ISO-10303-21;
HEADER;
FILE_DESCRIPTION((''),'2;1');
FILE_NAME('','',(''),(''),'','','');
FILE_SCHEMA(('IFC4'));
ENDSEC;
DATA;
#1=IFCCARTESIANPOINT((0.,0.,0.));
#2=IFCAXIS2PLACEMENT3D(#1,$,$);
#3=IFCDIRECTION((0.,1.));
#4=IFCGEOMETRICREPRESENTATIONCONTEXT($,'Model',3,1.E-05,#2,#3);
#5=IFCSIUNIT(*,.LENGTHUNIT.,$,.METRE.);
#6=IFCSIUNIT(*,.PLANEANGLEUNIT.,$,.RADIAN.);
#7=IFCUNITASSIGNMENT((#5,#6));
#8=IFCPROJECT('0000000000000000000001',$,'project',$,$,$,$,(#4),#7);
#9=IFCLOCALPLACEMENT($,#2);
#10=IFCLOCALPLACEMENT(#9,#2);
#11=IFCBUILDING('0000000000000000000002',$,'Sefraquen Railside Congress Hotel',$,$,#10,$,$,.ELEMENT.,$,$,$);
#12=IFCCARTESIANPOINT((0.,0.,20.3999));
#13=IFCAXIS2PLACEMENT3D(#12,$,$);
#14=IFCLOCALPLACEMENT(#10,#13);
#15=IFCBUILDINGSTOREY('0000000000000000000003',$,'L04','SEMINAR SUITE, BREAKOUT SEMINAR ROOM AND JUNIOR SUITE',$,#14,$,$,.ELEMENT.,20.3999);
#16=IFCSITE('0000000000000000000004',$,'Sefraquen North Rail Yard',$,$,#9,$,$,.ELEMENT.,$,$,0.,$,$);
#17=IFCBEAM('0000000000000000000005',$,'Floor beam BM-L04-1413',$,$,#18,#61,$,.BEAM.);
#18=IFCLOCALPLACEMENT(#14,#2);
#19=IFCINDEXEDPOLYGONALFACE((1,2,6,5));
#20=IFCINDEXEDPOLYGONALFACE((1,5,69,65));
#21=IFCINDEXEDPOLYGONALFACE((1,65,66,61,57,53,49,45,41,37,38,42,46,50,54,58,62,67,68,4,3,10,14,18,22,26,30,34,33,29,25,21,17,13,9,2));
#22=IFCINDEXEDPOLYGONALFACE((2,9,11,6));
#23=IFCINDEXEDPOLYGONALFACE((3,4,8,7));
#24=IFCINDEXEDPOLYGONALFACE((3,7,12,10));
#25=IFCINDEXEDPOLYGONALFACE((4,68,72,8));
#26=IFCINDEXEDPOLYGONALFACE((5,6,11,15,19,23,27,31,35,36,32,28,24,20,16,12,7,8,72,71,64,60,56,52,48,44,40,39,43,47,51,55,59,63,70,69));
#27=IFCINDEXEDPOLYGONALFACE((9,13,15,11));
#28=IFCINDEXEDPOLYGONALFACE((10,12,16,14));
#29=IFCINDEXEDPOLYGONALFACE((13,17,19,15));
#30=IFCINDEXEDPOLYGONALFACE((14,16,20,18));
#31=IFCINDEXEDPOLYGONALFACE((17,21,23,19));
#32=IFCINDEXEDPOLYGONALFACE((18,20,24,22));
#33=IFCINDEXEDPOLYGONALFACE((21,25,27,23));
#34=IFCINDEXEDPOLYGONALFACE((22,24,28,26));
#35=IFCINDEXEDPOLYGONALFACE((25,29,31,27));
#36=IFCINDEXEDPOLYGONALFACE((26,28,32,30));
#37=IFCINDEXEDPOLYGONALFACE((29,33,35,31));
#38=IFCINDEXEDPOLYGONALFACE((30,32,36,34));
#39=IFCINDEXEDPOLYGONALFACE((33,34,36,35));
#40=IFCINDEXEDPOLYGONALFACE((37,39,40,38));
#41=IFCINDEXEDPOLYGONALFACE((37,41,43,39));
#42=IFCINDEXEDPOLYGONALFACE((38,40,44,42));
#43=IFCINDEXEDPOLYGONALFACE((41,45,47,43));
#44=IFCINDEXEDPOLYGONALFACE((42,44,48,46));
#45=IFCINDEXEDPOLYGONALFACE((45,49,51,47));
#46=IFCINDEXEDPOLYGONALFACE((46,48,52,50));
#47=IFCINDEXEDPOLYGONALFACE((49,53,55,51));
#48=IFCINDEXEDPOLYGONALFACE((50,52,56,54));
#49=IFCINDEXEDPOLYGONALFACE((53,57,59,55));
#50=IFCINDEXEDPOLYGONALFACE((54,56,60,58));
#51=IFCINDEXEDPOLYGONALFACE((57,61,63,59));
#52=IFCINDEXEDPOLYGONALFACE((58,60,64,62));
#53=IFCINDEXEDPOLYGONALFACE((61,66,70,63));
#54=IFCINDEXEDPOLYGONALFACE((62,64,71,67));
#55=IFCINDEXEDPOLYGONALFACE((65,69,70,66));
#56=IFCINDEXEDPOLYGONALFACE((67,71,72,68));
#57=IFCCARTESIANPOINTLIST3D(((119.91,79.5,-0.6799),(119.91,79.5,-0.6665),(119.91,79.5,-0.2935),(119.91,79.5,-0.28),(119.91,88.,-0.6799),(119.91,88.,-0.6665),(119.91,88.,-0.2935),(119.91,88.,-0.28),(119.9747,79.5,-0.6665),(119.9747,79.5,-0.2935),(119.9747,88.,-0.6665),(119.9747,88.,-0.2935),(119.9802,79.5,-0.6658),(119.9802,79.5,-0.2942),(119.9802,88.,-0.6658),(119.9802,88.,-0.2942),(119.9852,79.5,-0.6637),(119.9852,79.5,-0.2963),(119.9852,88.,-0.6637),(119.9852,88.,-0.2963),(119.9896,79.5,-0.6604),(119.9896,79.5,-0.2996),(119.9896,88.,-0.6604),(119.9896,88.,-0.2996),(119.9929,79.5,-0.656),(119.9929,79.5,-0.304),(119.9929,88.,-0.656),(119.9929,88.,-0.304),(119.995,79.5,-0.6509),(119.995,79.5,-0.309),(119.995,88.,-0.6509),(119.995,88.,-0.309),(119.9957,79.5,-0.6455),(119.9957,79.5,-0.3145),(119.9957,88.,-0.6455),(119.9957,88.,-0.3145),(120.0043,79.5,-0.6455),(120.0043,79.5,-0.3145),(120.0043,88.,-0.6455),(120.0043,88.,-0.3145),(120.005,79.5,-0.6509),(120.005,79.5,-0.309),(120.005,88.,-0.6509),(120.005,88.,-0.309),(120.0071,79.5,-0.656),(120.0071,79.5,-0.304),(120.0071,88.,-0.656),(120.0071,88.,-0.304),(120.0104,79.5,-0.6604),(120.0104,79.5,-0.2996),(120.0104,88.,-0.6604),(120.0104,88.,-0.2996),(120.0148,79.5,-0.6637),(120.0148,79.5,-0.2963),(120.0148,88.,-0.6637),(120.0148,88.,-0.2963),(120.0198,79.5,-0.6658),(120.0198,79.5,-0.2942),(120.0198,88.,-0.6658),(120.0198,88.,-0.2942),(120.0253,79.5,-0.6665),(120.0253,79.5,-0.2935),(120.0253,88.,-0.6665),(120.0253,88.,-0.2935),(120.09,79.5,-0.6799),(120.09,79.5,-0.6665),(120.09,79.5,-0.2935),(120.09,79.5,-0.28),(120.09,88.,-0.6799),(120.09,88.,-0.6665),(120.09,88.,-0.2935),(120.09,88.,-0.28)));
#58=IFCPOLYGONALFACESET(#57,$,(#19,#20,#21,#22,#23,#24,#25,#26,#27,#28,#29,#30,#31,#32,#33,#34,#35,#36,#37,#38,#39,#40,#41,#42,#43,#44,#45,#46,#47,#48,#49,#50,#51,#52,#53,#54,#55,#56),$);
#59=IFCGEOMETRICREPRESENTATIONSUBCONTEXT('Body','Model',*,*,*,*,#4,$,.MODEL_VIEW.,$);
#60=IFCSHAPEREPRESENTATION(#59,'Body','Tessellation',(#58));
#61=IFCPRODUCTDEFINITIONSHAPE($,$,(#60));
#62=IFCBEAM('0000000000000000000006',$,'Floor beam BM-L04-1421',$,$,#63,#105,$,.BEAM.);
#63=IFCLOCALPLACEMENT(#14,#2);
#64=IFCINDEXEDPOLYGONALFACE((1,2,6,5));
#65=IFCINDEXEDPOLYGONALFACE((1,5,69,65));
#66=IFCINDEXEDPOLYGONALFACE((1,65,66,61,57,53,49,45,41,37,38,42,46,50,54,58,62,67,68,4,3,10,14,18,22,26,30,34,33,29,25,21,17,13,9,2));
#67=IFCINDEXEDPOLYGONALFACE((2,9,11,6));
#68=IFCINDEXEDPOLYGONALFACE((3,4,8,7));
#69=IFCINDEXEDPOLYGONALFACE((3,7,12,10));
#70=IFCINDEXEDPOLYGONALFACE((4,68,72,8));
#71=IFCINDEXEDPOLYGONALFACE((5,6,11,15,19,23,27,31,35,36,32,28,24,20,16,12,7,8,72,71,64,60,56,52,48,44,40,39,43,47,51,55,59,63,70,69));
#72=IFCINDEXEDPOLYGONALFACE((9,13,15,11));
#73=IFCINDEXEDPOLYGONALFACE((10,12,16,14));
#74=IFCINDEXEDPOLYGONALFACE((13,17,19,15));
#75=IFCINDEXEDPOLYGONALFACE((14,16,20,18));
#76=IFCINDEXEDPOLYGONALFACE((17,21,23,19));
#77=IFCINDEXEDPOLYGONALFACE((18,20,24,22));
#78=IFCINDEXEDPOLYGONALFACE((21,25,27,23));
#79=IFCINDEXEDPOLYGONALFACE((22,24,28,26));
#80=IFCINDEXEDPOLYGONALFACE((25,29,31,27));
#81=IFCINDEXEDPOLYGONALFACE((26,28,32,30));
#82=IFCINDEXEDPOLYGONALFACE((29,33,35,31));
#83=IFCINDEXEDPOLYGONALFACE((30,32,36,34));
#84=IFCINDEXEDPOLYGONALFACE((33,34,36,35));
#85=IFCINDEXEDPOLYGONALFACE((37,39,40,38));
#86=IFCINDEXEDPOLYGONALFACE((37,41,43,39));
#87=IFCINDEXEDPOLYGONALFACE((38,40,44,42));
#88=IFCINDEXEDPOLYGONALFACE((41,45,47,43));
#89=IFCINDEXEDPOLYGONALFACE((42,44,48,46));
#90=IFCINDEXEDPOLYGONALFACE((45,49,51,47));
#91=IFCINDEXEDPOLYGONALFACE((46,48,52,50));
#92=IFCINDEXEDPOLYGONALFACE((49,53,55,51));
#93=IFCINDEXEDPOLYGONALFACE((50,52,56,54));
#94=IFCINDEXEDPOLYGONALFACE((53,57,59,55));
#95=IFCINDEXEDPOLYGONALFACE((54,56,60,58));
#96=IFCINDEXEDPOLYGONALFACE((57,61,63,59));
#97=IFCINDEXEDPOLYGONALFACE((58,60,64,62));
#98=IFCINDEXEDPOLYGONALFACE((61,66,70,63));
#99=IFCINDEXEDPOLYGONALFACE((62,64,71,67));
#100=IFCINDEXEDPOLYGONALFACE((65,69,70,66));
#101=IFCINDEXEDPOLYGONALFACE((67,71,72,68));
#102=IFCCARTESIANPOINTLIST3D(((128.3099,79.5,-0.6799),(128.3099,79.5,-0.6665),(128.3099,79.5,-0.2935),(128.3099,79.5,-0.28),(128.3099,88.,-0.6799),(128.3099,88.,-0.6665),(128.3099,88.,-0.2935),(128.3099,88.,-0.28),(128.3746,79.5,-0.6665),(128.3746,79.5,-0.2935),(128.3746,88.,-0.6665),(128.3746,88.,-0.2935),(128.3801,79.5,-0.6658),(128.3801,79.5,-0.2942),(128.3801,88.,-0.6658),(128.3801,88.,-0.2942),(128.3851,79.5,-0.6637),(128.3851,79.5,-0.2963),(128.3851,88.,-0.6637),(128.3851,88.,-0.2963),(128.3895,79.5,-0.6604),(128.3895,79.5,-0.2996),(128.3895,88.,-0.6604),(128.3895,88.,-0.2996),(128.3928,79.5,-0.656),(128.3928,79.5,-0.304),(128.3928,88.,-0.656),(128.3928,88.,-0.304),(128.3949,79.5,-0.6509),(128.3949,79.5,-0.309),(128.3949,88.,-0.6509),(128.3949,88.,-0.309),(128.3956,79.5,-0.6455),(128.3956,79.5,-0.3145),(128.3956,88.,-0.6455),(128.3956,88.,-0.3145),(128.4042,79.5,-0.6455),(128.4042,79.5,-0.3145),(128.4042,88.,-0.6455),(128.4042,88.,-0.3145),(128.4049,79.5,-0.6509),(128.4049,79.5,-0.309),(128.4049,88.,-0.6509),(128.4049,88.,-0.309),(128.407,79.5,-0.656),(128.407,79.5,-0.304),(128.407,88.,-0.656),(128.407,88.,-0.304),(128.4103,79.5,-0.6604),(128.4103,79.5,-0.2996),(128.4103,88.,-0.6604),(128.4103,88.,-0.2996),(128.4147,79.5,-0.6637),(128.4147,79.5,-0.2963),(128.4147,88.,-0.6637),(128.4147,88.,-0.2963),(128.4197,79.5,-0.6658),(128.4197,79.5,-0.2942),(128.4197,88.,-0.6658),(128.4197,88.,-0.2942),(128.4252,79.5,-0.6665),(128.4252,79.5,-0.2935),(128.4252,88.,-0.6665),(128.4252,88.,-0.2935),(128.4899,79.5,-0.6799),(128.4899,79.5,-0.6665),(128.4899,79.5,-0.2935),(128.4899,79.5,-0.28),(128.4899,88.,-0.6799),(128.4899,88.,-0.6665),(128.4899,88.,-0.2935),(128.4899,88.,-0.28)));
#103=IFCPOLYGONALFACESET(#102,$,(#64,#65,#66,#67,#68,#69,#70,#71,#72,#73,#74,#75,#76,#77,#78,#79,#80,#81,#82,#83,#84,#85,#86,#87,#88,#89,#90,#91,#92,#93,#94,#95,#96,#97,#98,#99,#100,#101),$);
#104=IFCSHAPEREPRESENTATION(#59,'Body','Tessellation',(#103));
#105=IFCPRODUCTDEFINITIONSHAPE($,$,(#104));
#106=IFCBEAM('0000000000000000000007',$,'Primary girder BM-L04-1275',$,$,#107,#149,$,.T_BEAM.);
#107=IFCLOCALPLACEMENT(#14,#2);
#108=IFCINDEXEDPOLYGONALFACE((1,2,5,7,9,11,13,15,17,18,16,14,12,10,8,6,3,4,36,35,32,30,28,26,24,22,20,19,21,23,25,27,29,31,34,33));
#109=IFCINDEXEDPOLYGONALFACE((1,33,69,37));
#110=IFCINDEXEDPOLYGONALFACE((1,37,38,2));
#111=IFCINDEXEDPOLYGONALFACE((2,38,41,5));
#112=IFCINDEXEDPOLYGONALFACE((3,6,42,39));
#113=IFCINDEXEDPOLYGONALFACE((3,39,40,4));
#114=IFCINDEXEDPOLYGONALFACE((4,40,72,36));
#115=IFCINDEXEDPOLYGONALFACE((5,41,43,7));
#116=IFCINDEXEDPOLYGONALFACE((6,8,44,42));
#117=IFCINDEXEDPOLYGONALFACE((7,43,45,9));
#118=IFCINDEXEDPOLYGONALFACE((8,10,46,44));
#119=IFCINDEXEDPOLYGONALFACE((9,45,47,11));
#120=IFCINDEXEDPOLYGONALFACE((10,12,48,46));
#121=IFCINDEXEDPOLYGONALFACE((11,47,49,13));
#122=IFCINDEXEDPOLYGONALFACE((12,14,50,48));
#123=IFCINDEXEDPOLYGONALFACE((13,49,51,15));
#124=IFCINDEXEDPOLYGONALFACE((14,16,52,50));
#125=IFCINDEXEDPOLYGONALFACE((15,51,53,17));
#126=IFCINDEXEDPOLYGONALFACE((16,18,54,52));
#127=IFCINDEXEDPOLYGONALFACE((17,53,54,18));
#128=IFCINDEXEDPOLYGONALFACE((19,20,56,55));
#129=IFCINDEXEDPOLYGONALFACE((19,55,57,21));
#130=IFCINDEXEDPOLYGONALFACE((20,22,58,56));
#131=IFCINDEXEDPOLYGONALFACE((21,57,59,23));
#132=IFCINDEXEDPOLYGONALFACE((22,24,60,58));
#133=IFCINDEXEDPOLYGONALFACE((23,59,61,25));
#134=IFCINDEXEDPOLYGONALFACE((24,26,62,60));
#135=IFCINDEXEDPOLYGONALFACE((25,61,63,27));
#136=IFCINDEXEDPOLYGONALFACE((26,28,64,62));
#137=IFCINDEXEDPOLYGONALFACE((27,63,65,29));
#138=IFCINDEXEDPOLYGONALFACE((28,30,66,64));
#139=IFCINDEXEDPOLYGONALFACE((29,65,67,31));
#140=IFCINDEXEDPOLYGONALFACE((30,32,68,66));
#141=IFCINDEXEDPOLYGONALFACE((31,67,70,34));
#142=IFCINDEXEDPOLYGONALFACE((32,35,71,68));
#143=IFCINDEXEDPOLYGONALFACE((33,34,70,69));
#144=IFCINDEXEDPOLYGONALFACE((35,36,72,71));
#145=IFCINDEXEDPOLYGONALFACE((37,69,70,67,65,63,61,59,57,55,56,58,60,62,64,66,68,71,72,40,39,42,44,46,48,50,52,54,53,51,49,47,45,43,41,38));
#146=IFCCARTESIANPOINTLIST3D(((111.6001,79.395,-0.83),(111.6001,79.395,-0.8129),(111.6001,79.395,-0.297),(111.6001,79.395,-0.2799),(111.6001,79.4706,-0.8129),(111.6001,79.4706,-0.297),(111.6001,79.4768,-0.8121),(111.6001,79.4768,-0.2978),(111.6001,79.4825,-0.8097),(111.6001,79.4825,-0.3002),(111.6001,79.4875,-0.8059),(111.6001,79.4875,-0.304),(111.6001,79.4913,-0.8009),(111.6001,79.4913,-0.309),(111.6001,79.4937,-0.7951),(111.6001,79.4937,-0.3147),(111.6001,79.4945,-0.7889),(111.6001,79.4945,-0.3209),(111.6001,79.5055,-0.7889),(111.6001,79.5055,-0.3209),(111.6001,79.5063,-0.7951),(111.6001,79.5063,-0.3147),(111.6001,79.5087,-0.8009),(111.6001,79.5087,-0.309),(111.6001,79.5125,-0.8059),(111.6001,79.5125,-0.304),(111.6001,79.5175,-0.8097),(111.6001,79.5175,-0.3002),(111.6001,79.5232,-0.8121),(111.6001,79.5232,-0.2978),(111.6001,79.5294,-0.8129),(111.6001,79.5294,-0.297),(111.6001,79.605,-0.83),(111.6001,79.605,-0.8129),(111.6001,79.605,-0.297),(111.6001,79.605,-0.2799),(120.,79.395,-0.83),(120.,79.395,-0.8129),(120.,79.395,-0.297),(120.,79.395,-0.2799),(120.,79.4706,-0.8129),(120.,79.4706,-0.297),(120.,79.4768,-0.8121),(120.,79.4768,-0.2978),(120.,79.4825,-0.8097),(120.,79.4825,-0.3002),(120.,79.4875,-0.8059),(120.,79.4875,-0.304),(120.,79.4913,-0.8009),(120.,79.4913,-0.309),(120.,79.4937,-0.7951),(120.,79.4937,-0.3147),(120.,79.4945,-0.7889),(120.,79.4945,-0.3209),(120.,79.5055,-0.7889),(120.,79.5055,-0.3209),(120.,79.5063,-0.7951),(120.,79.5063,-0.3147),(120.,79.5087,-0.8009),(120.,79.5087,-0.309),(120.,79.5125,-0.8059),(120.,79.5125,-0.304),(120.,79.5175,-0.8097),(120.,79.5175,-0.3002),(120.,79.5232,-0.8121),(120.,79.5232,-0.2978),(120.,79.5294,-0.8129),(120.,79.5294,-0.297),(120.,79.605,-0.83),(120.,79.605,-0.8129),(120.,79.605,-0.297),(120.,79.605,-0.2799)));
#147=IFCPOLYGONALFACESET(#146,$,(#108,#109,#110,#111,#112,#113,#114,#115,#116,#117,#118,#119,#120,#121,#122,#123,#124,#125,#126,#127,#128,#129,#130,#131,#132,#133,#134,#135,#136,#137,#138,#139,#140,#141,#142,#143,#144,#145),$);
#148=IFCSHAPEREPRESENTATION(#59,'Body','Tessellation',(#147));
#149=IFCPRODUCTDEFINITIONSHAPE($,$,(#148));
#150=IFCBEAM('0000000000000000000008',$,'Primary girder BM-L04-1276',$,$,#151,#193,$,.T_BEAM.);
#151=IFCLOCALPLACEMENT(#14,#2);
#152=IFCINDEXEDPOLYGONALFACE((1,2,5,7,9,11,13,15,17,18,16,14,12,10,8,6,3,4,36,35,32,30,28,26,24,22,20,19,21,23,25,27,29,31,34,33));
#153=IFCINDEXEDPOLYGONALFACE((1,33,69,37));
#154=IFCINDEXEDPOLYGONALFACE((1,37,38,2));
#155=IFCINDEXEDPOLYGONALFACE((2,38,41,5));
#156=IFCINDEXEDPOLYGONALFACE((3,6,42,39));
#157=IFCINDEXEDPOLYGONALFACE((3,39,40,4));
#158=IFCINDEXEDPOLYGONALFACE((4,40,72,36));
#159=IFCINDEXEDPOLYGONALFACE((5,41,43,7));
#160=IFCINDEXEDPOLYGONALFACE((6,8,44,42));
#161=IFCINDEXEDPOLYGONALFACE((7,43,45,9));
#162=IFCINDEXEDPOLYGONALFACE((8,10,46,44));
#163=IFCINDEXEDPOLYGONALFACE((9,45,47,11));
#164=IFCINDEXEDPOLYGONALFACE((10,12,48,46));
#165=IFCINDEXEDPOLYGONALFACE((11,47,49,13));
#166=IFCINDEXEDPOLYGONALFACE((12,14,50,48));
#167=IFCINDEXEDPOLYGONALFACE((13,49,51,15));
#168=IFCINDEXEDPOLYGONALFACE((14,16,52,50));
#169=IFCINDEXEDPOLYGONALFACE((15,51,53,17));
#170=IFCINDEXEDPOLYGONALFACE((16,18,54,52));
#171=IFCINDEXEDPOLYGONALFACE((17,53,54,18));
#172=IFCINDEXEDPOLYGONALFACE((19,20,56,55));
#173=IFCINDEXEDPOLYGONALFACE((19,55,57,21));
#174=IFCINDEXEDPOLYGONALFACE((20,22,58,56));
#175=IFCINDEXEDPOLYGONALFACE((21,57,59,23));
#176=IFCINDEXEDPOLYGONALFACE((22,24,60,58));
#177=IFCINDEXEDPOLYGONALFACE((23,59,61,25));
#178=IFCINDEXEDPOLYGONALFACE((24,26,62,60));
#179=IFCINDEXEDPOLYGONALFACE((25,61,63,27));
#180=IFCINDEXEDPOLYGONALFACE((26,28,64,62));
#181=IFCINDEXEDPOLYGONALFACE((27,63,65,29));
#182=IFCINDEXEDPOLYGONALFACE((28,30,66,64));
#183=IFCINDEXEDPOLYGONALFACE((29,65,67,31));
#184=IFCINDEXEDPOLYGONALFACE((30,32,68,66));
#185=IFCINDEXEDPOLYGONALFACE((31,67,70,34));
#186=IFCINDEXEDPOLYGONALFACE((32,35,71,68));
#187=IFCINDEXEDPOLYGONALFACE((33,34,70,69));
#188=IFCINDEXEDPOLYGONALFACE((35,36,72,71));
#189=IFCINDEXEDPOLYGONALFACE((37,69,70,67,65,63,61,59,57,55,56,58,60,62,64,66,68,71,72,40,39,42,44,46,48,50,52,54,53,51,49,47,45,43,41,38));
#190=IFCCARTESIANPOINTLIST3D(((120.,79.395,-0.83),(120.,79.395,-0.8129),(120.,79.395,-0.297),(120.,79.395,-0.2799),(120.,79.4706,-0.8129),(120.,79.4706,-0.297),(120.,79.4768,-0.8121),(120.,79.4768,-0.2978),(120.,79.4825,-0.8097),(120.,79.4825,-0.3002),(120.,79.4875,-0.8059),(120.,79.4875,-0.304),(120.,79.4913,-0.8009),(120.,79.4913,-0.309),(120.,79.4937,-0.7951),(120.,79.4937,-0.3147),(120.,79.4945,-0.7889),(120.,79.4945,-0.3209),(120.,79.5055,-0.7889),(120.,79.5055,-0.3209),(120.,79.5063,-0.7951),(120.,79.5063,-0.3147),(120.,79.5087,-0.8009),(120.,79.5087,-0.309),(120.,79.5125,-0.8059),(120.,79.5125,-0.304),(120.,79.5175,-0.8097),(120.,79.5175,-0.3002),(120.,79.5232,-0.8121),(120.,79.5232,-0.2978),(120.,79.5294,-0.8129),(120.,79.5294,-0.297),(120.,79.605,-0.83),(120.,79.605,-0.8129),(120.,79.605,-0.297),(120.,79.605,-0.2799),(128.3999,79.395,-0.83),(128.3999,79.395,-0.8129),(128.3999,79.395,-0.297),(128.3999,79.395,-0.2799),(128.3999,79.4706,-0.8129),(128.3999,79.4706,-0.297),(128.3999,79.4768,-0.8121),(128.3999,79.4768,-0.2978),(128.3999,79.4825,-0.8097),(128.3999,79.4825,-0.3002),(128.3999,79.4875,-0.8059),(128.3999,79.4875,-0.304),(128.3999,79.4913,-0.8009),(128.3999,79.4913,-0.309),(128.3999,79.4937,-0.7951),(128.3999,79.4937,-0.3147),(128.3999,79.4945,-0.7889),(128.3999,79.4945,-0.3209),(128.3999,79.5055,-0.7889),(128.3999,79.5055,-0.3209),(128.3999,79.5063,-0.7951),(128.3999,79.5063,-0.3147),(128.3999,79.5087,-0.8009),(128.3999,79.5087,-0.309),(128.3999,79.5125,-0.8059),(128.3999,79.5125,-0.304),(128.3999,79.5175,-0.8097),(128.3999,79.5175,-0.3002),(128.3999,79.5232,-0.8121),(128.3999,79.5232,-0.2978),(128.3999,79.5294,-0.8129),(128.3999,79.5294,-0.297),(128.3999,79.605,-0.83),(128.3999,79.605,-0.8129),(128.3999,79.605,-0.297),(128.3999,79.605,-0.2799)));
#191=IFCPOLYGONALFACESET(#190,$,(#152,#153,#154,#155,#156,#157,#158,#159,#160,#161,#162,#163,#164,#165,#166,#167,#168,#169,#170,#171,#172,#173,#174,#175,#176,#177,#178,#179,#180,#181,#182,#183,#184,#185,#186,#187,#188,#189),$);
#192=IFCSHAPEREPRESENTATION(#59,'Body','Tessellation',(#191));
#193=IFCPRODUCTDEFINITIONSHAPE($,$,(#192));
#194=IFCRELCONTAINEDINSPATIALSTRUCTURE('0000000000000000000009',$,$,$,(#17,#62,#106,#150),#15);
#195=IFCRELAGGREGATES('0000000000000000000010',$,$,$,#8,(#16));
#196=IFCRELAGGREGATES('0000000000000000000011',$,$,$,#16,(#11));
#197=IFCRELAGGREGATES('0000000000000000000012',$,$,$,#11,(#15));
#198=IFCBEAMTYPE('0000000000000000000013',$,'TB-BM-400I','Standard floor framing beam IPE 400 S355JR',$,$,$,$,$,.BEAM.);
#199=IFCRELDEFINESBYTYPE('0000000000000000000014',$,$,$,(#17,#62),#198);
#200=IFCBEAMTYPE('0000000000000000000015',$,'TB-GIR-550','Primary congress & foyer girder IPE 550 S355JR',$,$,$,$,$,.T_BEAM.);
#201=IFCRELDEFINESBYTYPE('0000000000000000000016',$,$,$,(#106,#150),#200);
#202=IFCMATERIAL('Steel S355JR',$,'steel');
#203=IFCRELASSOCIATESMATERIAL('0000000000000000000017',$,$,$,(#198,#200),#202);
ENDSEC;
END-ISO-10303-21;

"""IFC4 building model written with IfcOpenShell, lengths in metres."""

from ifc_helpers import new_model, si_unit, direction, frame, origin, origin_2d, place, context, subcontext, project, spatial, i_section, extrude, material, material_profile, profile_set, type_object, element, save


model = new_model("IFC4")

# Units and contexts
model_context = context("Model", 3, precision=1e-05, world=origin(), true_north=direction((0.0, 1.0)))
body_context = subcontext(model_context, "Body", "Model", "MODEL_VIEW")
ifc_project = project(units=[si_unit("LENGTHUNIT", "METRE"), si_unit("PLANEANGLEUNIT", "RADIAN")], contexts=[model_context])

# Site, building, storey
site_placement = place(None, origin())
site = spatial("IfcSite", under=ifc_project, at=site_placement, Name="Sefraquen North Rail Yard", CompositionType="ELEMENT", RefElevation=0.0)
building_placement = place(site_placement, origin())
building = spatial("IfcBuilding", under=site, at=building_placement, Name="Sefraquen Railside Congress Hotel", CompositionType="ELEMENT")
storey_placement = place(building_placement, frame((0.0, 0.0, 20.3999)))
storey = spatial("IfcBuildingStorey", under=building, at=storey_placement, Name="L04", Description="SEMINAR SUITE, BREAKOUT SEMINAR ROOM AND JUNIOR SUITE", CompositionType="ELEMENT", Elevation=20.3999)

# Shared definitions
ifc_material_1 = material(Name="Steel S355JR", Category="steel")

# Beams
ifc_material_profile_1 = material_profile(ifc_material_1, i_section(OverallWidth=0.1799, OverallDepth=0.3999, WebThickness=0.0085, FlangeThickness=0.0134, FilletRadius=0.021, at=origin_2d()), Name="IPE 400")
ifc_profile_set_1 = profile_set([ifc_material_profile_1], Name="Steel S355JR")
beam_type_1 = type_object("IfcBeamType", Name="TB-BM-400I", Description="Standard floor framing beam IPE 400 S355JR", PredefinedType="BEAM", material=ifc_profile_set_1)
for number, where, z_axis, x_axis, name in (
    (1, (120.0, 79.5, -0.48), (0.0, 1.0, 0.0), (-1.0, 0.0, 0.0), "Floor beam BM-L04-1413"),
    (2, (128.3999, 79.5, -0.48), (0.0, 1.0, 0.0), (-1.0, 0.0, 0.0), "Floor beam BM-L04-1421"),
):
    element("IfcBeam", number, at=place(storey_placement, frame(where, z_axis=z_axis, x_axis=x_axis)), inside=storey, type_object=beam_type_1, Name=name, PredefinedType="BEAM", context=body_context, shape_type="SweptSolid", body=[
        extrude(i_section(OverallWidth=0.1799, OverallDepth=0.3999, WebThickness=0.0085, FlangeThickness=0.0134, FilletRadius=0.021, at=origin_2d()), origin(), (0.0, 0.0, 1.0), 8.5),
    ])
ifc_material_profile_2 = material_profile(ifc_material_1, i_section(OverallWidth=0.21, OverallDepth=0.55, WebThickness=0.011, FlangeThickness=0.0171, FilletRadius=0.0239, at=origin_2d()), Name="IPE 550")
ifc_profile_set_2 = profile_set([ifc_material_profile_2], Name="Steel S355JR")
beam_type_2 = type_object("IfcBeamType", Name="TB-GIR-550", Description="Primary congress & foyer girder IPE 550 S355JR", PredefinedType="T_BEAM", material=ifc_profile_set_2)
for number, where, z_axis, x_axis, name in (
    (3, (111.6001, 79.5, -0.5549), (1.0, 0.0, 0.0), (0.0, 1.0, 0.0), "Primary girder BM-L04-1275"),
    (4, (120.0, 79.5, -0.5549), (1.0, 0.0, 0.0), (0.0, 1.0, 0.0), "Primary girder BM-L04-1276"),
):
    element("IfcBeam", number, at=place(storey_placement, frame(where, z_axis=z_axis, x_axis=x_axis)), inside=storey, type_object=beam_type_2, Name=name, PredefinedType="T_BEAM", context=body_context, shape_type="SweptSolid", body=[
        extrude(i_section(OverallWidth=0.21, OverallDepth=0.55, WebThickness=0.011, FlangeThickness=0.0171, FilletRadius=0.0239, at=origin_2d()), origin(), (0.0, 0.0, 1.0), 8.3999),
    ])

save(model, "model.ifc")
